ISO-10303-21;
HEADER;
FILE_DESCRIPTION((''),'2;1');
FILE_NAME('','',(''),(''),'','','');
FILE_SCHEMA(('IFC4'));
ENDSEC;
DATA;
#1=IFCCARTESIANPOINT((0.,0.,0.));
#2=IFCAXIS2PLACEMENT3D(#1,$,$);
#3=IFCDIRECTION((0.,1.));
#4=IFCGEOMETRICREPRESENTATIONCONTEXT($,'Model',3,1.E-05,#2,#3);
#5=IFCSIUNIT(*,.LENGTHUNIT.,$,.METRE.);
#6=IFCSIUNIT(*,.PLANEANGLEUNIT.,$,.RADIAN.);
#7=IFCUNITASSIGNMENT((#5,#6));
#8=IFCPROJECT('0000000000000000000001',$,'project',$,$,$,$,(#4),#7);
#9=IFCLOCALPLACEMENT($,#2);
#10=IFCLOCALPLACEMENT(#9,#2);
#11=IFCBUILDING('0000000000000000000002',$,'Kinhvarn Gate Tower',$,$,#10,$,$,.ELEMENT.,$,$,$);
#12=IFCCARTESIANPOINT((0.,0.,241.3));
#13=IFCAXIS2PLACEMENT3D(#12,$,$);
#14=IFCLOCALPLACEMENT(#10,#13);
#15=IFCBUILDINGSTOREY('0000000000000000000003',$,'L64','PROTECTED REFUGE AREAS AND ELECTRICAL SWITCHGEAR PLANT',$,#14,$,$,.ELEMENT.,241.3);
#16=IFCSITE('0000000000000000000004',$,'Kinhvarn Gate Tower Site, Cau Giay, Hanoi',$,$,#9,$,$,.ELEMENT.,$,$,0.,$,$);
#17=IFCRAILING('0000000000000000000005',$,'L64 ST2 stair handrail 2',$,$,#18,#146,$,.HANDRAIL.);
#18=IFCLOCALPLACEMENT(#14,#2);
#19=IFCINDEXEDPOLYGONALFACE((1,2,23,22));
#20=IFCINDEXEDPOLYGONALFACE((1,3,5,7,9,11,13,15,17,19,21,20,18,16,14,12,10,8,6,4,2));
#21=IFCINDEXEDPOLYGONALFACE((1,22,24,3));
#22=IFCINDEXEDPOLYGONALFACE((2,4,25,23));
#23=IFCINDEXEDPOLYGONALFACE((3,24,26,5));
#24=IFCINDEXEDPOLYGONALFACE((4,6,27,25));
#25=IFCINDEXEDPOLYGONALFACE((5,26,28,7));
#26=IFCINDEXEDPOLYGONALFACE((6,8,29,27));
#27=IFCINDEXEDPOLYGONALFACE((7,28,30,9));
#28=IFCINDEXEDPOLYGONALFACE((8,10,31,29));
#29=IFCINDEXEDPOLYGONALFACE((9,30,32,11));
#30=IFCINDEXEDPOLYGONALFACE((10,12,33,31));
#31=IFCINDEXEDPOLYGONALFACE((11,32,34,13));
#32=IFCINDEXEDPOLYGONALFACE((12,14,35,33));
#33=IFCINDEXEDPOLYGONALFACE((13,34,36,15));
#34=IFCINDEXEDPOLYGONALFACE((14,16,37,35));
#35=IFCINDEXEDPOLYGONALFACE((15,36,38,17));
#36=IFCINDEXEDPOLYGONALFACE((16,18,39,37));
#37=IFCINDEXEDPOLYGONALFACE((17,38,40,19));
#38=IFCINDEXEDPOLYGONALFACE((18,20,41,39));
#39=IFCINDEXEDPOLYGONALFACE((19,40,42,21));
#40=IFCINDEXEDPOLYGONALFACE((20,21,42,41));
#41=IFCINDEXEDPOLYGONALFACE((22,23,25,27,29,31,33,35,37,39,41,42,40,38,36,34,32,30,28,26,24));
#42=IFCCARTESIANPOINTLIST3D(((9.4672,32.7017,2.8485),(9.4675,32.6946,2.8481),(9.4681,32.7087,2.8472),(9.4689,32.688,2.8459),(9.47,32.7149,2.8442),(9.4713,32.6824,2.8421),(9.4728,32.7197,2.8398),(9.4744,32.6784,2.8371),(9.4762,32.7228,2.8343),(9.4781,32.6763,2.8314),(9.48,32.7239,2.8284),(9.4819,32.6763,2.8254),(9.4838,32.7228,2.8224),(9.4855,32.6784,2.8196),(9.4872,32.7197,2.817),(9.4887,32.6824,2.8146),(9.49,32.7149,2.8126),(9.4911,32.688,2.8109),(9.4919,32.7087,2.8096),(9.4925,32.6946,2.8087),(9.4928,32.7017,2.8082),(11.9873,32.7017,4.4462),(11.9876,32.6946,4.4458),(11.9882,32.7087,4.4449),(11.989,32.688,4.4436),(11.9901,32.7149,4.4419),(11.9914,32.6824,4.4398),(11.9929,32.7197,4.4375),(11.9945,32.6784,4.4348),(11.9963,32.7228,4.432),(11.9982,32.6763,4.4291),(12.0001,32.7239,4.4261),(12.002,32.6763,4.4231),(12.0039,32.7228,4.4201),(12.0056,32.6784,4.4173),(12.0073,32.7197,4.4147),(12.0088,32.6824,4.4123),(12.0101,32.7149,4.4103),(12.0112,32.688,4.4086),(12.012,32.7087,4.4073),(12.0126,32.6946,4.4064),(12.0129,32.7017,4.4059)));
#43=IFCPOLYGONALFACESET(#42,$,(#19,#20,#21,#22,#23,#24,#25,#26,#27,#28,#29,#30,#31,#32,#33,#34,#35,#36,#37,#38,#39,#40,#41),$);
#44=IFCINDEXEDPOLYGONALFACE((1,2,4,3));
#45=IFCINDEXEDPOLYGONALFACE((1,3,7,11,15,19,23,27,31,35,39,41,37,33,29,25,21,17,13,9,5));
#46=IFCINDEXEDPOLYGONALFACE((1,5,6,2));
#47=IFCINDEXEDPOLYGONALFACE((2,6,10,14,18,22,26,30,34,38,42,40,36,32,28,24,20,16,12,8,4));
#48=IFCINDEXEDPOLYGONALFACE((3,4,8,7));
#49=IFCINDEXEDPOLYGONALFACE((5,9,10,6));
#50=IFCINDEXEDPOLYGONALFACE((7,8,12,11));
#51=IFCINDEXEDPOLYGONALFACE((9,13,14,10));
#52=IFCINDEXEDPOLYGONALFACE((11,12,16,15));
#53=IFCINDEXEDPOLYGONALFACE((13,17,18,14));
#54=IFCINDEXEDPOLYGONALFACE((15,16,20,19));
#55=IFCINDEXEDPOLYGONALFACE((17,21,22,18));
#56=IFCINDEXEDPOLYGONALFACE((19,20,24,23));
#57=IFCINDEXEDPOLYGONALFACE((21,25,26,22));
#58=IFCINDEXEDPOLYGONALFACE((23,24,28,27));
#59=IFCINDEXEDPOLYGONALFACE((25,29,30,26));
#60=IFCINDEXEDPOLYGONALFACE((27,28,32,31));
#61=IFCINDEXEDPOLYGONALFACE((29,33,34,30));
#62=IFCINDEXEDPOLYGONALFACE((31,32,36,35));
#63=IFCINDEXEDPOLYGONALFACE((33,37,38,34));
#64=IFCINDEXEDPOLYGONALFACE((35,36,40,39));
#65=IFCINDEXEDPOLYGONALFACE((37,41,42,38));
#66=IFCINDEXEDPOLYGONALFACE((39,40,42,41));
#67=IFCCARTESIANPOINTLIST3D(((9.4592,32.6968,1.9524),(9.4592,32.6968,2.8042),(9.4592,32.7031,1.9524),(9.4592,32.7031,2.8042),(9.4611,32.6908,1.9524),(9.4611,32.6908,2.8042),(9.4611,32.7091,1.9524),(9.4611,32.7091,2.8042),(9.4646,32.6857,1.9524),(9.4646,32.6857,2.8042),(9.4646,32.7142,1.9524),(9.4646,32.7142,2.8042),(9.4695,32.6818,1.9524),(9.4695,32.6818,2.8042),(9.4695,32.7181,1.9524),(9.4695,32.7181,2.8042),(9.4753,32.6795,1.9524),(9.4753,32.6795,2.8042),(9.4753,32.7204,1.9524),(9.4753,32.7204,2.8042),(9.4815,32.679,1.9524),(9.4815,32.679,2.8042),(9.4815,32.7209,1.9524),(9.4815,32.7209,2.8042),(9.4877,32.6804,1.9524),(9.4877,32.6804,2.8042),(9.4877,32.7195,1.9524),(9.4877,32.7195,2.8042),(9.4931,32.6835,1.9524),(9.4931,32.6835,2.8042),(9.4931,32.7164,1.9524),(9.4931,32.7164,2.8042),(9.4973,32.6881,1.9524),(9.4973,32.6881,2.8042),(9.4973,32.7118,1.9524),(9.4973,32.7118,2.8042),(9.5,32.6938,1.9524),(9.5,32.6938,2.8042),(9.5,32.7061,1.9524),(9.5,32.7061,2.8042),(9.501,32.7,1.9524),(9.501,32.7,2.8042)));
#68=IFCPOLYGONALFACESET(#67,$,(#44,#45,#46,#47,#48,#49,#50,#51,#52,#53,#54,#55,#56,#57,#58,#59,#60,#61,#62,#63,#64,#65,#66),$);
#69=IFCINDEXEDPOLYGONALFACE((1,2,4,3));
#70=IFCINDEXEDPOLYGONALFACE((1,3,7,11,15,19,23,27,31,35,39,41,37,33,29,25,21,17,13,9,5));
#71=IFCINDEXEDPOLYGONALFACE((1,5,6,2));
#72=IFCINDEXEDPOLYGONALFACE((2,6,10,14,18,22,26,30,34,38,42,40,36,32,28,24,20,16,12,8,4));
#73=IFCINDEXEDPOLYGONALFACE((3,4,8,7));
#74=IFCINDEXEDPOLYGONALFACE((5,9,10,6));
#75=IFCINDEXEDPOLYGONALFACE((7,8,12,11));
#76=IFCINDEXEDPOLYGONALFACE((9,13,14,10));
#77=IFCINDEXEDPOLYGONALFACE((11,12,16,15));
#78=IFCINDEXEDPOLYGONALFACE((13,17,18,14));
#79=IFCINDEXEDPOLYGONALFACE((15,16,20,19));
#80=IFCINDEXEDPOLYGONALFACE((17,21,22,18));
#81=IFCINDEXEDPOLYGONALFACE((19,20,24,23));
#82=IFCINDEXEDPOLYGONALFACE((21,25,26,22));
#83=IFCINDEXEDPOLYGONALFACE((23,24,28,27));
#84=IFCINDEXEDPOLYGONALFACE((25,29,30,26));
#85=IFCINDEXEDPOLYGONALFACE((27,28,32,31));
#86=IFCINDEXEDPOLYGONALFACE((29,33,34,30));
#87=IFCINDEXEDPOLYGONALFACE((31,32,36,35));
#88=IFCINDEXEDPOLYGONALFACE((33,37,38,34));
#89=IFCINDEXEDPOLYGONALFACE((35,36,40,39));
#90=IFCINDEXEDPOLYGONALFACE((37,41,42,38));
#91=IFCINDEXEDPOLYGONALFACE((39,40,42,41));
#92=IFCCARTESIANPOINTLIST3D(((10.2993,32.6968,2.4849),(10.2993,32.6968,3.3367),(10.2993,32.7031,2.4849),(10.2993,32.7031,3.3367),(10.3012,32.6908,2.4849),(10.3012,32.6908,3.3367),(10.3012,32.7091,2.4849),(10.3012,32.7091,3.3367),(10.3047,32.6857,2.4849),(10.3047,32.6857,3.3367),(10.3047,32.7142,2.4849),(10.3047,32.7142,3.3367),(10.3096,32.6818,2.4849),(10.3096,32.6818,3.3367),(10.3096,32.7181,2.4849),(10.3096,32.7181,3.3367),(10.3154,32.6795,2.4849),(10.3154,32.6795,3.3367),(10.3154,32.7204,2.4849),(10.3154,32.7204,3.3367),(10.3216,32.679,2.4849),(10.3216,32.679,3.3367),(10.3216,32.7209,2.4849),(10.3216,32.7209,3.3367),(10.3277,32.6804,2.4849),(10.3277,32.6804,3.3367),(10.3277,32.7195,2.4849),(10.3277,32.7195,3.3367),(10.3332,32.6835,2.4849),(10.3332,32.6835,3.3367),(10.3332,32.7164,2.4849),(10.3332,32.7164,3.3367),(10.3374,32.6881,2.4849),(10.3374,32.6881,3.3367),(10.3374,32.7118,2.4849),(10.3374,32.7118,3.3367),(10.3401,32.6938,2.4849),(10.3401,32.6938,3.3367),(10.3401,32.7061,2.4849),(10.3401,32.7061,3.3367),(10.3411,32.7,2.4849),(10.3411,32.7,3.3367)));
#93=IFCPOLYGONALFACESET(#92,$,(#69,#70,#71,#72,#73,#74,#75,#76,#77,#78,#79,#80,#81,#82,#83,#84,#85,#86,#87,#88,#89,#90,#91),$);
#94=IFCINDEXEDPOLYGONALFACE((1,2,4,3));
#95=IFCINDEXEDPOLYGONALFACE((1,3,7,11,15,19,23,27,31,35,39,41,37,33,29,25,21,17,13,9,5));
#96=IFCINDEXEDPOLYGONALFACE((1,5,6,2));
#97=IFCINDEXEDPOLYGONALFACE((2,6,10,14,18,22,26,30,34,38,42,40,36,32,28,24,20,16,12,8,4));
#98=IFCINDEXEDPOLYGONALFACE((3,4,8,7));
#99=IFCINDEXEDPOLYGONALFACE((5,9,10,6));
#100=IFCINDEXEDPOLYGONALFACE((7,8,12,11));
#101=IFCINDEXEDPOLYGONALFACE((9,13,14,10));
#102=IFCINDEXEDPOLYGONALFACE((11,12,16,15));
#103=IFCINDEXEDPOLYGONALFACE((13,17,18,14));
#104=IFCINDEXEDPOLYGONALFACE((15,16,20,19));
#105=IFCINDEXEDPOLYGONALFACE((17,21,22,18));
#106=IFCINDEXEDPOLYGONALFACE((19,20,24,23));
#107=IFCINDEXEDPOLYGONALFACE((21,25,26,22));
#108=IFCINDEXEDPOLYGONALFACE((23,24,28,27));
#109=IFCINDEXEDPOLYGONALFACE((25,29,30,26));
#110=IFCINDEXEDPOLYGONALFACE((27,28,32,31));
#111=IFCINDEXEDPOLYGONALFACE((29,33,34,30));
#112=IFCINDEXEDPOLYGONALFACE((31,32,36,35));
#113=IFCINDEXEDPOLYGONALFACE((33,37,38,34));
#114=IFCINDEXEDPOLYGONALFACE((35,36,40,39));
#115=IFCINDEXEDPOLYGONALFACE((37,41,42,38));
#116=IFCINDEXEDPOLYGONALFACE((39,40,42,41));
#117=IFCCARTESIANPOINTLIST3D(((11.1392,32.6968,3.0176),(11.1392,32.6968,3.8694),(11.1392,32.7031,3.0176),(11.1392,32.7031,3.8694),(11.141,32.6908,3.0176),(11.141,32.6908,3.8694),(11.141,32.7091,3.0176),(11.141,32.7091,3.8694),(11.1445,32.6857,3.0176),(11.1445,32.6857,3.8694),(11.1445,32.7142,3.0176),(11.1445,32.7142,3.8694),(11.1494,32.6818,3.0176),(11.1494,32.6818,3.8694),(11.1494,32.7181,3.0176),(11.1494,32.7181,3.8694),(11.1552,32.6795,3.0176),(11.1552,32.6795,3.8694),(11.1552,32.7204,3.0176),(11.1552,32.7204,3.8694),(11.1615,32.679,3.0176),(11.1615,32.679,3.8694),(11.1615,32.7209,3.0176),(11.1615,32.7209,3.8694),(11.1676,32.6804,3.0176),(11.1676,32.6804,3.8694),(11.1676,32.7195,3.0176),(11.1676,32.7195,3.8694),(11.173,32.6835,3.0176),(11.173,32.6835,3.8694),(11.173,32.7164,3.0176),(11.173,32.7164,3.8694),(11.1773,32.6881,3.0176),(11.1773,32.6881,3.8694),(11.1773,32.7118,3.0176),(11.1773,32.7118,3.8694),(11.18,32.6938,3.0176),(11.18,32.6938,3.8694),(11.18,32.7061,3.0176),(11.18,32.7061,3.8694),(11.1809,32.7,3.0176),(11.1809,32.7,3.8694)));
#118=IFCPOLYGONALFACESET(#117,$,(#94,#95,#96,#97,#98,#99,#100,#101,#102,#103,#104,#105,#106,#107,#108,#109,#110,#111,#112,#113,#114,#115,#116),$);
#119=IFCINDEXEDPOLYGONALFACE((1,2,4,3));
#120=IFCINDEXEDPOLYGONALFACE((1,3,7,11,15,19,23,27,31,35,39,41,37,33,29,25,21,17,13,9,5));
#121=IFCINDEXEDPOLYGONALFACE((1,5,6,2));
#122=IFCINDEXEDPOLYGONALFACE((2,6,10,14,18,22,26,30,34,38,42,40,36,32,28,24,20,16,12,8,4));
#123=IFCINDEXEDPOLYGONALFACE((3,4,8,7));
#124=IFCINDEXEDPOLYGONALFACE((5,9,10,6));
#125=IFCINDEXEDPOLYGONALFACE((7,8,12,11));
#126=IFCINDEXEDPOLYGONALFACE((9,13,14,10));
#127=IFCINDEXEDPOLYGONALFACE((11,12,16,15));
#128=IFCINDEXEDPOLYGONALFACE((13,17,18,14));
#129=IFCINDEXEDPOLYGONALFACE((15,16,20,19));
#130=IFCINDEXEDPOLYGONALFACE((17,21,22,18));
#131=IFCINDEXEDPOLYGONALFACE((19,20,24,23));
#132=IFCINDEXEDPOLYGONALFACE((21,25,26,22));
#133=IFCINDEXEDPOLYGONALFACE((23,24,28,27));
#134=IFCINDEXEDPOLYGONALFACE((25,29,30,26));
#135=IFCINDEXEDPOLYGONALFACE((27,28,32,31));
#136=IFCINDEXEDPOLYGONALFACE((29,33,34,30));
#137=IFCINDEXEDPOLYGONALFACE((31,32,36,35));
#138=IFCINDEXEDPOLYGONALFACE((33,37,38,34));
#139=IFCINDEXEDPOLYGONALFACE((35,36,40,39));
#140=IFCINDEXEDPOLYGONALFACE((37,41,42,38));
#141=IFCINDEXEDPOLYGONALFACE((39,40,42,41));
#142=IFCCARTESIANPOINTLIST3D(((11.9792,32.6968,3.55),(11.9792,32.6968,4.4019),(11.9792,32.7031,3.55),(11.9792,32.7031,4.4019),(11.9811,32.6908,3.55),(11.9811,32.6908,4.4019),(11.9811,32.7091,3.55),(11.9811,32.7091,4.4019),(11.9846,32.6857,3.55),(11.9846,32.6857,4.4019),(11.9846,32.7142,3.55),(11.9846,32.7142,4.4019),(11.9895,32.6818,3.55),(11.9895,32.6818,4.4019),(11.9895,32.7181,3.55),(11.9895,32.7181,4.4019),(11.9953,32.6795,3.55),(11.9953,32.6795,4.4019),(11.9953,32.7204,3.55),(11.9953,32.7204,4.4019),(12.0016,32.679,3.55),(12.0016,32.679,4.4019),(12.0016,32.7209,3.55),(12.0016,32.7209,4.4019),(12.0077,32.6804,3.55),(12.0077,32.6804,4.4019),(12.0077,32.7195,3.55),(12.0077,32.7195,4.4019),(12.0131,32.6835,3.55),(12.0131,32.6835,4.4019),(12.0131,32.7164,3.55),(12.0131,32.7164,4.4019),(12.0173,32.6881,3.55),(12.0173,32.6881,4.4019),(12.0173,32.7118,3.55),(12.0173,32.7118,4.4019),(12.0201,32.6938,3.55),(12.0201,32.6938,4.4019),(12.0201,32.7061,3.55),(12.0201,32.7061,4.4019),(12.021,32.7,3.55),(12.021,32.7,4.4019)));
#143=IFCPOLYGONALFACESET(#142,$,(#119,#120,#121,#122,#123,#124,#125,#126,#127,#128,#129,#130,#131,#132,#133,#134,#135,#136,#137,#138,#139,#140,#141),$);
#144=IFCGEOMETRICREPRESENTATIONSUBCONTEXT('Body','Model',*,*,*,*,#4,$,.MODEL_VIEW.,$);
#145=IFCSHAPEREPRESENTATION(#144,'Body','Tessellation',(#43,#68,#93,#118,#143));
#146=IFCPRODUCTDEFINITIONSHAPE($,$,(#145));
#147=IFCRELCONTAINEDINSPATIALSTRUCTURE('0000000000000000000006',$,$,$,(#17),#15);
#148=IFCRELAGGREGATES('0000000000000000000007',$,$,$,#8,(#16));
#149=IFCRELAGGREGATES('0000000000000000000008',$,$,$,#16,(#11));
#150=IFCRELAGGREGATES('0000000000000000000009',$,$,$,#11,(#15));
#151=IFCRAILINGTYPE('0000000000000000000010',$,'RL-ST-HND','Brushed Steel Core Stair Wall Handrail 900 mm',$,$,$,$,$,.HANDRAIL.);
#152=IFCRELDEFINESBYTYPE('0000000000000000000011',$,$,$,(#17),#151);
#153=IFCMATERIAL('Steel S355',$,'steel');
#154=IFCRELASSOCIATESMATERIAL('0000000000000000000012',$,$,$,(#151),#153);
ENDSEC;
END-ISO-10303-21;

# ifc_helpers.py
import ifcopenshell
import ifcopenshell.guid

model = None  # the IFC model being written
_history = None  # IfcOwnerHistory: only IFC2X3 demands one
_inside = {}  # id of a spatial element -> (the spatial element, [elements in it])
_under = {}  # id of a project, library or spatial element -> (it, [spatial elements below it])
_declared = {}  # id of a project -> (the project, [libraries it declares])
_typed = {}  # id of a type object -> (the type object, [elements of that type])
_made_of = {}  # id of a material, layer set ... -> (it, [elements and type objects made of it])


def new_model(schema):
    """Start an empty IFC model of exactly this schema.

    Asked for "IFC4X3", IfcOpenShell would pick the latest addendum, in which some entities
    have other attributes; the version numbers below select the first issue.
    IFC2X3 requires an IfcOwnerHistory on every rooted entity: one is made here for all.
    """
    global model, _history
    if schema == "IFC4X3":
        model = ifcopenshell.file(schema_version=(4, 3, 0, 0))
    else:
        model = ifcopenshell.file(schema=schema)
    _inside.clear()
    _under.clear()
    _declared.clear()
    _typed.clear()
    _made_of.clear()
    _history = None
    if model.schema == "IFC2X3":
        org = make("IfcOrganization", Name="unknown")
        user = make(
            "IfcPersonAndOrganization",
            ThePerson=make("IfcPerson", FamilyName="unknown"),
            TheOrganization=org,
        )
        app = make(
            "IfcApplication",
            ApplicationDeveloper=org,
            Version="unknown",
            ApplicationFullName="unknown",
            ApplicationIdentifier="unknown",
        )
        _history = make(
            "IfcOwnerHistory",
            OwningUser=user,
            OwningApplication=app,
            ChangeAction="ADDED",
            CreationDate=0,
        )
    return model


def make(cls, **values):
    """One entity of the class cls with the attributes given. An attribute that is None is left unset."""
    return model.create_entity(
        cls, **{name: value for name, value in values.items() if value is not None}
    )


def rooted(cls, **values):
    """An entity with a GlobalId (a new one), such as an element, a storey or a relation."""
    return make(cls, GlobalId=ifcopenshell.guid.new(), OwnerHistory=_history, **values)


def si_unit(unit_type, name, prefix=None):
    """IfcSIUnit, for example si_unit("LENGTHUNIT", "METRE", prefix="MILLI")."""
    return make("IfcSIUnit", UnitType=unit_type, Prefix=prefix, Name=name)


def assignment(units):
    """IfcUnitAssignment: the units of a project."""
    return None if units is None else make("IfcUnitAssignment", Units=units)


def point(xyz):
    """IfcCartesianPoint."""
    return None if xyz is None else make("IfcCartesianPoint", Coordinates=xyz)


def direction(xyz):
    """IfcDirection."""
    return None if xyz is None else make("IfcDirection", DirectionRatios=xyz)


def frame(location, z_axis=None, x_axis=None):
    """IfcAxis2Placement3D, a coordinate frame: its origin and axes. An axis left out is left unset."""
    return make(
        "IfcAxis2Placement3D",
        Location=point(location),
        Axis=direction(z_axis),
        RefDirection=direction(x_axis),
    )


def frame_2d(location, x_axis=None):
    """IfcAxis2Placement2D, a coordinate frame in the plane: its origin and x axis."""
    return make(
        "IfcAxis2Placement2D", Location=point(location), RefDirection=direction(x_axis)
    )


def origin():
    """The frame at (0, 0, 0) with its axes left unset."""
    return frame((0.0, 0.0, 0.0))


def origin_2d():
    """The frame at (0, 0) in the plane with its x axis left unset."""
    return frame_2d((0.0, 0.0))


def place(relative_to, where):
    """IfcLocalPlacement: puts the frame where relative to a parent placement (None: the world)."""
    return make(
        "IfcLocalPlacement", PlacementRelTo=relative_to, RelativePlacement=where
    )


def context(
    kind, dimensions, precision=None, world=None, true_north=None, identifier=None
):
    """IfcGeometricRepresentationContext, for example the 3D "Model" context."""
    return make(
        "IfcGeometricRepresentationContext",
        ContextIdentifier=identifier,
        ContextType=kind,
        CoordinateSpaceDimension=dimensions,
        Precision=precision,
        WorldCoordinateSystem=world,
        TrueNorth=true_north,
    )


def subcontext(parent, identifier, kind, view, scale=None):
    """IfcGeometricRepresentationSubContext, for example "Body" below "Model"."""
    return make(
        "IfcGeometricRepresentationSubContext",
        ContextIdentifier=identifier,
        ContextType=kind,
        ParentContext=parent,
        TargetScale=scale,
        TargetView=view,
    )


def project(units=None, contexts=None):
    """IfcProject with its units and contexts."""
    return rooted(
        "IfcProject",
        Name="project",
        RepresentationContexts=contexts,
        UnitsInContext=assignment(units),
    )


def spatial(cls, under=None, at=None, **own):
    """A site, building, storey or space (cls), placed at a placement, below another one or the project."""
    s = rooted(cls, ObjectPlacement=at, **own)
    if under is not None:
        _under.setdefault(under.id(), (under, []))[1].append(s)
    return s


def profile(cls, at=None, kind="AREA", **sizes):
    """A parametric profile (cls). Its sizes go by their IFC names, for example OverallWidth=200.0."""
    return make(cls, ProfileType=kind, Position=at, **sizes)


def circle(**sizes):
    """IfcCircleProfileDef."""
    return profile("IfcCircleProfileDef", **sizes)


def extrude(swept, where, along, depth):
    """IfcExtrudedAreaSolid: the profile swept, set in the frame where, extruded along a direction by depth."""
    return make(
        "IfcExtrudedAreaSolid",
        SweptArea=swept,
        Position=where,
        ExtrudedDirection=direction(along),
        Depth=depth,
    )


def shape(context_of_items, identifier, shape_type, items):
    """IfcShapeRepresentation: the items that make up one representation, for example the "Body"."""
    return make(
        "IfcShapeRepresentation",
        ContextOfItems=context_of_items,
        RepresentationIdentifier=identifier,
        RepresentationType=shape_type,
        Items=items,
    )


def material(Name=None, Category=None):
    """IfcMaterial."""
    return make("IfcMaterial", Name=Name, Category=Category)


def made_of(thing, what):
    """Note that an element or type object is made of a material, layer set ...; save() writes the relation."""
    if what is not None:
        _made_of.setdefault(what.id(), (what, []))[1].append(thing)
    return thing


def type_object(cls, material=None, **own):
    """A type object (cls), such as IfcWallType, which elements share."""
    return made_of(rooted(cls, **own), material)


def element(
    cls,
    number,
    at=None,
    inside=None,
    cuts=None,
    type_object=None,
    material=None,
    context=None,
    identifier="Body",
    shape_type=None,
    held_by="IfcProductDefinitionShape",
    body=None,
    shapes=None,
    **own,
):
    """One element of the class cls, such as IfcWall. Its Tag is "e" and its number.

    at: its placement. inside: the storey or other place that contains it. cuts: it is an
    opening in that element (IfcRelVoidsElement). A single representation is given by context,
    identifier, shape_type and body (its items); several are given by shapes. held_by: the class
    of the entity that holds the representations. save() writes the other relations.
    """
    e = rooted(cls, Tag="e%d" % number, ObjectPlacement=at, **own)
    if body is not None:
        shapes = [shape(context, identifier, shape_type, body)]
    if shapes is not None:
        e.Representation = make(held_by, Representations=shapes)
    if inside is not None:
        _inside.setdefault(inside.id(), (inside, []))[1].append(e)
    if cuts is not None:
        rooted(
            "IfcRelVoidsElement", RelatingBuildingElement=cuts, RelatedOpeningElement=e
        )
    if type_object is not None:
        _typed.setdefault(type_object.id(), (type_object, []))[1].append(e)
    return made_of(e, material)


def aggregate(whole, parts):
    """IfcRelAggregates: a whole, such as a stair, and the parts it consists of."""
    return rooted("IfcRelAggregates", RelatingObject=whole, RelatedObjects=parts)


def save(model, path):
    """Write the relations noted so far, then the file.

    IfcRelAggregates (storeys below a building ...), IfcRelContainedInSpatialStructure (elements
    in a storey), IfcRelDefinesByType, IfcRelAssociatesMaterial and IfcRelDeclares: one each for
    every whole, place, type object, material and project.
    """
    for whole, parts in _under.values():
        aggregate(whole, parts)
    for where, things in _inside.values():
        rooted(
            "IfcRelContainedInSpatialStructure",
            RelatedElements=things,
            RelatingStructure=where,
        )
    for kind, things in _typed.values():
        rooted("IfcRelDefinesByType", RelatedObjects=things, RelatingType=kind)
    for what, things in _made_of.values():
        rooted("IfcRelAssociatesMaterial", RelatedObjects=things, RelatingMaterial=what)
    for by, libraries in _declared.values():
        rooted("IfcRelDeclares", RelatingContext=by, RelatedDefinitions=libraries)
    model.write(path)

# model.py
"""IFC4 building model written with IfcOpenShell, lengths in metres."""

from ifc_helpers import new_model, si_unit, direction, frame, origin, origin_2d, place, context, subcontext, project, spatial, circle, extrude, material, type_object, element, save


model = new_model("IFC4")

# Units and contexts
model_context = context("Model", 3, precision=1e-05, world=origin(), true_north=direction((0.0, 1.0)))
body_context = subcontext(model_context, "Body", "Model", "MODEL_VIEW")
ifc_project = project(units=[si_unit("LENGTHUNIT", "METRE"), si_unit("PLANEANGLEUNIT", "RADIAN")], contexts=[model_context])

# Site, building, storey
site_placement = place(None, origin())
site = spatial("IfcSite", under=ifc_project, at=site_placement, Name="Kinhvarn Gate Tower Site, Cau Giay, Hanoi", CompositionType="ELEMENT", RefElevation=0.0)
building_placement = place(site_placement, origin())
building = spatial("IfcBuilding", under=site, at=building_placement, Name="Kinhvarn Gate Tower", CompositionType="ELEMENT")
storey_placement = place(building_placement, frame((0.0, 0.0, 241.3)))
storey = spatial("IfcBuildingStorey", under=building, at=storey_placement, Name="L64", Description="PROTECTED REFUGE AREAS AND ELECTRICAL SWITCHGEAR PLANT", CompositionType="ELEMENT", Elevation=241.3)

# Railing
ifc_material_1 = material(Name="Steel S355", Category="steel")
railing_type = type_object("IfcRailingType", Name="RL-ST-HND", Description="Brushed Steel Core Stair Wall Handrail 900 mm", PredefinedType="HANDRAIL", material=ifc_material_1)
railing_placement = place(storey_placement, frame((9.48, 32.7, 1.9524)))
element("IfcRailing", 1, at=railing_placement, inside=storey, type_object=railing_type, Name="L64 ST2 stair handrail 2", PredefinedType="HANDRAIL", context=body_context, shape_type="SweptSolid", body=[
    extrude(circle(Radius=0.0239, at=origin_2d()), frame((0.0, 0.0, 0.876), z_axis=(0.84457, 0.0, 0.535445), x_axis=(0.0, 1.0, 0.0)), (0.0, 0.0, 1.0), 2.9839),
    extrude(circle(Radius=0.021, at=origin_2d()), origin(), (0.0, 0.0, 1.0), 0.8518),
    extrude(circle(Radius=0.021, at=origin_2d()), frame((0.8401, 0.0, 0.5325)), (0.0, 0.0, 1.0), 0.8518),
    extrude(circle(Radius=0.021, at=origin_2d()), frame((1.6799, 0.0, 1.0652)), (0.0, 0.0, 1.0), 0.8518),
    extrude(circle(Radius=0.021, at=origin_2d()), frame((2.52, 0.0, 1.5977)), (0.0, 0.0, 1.0), 0.8518),
])

save(model, "model.ifc")
